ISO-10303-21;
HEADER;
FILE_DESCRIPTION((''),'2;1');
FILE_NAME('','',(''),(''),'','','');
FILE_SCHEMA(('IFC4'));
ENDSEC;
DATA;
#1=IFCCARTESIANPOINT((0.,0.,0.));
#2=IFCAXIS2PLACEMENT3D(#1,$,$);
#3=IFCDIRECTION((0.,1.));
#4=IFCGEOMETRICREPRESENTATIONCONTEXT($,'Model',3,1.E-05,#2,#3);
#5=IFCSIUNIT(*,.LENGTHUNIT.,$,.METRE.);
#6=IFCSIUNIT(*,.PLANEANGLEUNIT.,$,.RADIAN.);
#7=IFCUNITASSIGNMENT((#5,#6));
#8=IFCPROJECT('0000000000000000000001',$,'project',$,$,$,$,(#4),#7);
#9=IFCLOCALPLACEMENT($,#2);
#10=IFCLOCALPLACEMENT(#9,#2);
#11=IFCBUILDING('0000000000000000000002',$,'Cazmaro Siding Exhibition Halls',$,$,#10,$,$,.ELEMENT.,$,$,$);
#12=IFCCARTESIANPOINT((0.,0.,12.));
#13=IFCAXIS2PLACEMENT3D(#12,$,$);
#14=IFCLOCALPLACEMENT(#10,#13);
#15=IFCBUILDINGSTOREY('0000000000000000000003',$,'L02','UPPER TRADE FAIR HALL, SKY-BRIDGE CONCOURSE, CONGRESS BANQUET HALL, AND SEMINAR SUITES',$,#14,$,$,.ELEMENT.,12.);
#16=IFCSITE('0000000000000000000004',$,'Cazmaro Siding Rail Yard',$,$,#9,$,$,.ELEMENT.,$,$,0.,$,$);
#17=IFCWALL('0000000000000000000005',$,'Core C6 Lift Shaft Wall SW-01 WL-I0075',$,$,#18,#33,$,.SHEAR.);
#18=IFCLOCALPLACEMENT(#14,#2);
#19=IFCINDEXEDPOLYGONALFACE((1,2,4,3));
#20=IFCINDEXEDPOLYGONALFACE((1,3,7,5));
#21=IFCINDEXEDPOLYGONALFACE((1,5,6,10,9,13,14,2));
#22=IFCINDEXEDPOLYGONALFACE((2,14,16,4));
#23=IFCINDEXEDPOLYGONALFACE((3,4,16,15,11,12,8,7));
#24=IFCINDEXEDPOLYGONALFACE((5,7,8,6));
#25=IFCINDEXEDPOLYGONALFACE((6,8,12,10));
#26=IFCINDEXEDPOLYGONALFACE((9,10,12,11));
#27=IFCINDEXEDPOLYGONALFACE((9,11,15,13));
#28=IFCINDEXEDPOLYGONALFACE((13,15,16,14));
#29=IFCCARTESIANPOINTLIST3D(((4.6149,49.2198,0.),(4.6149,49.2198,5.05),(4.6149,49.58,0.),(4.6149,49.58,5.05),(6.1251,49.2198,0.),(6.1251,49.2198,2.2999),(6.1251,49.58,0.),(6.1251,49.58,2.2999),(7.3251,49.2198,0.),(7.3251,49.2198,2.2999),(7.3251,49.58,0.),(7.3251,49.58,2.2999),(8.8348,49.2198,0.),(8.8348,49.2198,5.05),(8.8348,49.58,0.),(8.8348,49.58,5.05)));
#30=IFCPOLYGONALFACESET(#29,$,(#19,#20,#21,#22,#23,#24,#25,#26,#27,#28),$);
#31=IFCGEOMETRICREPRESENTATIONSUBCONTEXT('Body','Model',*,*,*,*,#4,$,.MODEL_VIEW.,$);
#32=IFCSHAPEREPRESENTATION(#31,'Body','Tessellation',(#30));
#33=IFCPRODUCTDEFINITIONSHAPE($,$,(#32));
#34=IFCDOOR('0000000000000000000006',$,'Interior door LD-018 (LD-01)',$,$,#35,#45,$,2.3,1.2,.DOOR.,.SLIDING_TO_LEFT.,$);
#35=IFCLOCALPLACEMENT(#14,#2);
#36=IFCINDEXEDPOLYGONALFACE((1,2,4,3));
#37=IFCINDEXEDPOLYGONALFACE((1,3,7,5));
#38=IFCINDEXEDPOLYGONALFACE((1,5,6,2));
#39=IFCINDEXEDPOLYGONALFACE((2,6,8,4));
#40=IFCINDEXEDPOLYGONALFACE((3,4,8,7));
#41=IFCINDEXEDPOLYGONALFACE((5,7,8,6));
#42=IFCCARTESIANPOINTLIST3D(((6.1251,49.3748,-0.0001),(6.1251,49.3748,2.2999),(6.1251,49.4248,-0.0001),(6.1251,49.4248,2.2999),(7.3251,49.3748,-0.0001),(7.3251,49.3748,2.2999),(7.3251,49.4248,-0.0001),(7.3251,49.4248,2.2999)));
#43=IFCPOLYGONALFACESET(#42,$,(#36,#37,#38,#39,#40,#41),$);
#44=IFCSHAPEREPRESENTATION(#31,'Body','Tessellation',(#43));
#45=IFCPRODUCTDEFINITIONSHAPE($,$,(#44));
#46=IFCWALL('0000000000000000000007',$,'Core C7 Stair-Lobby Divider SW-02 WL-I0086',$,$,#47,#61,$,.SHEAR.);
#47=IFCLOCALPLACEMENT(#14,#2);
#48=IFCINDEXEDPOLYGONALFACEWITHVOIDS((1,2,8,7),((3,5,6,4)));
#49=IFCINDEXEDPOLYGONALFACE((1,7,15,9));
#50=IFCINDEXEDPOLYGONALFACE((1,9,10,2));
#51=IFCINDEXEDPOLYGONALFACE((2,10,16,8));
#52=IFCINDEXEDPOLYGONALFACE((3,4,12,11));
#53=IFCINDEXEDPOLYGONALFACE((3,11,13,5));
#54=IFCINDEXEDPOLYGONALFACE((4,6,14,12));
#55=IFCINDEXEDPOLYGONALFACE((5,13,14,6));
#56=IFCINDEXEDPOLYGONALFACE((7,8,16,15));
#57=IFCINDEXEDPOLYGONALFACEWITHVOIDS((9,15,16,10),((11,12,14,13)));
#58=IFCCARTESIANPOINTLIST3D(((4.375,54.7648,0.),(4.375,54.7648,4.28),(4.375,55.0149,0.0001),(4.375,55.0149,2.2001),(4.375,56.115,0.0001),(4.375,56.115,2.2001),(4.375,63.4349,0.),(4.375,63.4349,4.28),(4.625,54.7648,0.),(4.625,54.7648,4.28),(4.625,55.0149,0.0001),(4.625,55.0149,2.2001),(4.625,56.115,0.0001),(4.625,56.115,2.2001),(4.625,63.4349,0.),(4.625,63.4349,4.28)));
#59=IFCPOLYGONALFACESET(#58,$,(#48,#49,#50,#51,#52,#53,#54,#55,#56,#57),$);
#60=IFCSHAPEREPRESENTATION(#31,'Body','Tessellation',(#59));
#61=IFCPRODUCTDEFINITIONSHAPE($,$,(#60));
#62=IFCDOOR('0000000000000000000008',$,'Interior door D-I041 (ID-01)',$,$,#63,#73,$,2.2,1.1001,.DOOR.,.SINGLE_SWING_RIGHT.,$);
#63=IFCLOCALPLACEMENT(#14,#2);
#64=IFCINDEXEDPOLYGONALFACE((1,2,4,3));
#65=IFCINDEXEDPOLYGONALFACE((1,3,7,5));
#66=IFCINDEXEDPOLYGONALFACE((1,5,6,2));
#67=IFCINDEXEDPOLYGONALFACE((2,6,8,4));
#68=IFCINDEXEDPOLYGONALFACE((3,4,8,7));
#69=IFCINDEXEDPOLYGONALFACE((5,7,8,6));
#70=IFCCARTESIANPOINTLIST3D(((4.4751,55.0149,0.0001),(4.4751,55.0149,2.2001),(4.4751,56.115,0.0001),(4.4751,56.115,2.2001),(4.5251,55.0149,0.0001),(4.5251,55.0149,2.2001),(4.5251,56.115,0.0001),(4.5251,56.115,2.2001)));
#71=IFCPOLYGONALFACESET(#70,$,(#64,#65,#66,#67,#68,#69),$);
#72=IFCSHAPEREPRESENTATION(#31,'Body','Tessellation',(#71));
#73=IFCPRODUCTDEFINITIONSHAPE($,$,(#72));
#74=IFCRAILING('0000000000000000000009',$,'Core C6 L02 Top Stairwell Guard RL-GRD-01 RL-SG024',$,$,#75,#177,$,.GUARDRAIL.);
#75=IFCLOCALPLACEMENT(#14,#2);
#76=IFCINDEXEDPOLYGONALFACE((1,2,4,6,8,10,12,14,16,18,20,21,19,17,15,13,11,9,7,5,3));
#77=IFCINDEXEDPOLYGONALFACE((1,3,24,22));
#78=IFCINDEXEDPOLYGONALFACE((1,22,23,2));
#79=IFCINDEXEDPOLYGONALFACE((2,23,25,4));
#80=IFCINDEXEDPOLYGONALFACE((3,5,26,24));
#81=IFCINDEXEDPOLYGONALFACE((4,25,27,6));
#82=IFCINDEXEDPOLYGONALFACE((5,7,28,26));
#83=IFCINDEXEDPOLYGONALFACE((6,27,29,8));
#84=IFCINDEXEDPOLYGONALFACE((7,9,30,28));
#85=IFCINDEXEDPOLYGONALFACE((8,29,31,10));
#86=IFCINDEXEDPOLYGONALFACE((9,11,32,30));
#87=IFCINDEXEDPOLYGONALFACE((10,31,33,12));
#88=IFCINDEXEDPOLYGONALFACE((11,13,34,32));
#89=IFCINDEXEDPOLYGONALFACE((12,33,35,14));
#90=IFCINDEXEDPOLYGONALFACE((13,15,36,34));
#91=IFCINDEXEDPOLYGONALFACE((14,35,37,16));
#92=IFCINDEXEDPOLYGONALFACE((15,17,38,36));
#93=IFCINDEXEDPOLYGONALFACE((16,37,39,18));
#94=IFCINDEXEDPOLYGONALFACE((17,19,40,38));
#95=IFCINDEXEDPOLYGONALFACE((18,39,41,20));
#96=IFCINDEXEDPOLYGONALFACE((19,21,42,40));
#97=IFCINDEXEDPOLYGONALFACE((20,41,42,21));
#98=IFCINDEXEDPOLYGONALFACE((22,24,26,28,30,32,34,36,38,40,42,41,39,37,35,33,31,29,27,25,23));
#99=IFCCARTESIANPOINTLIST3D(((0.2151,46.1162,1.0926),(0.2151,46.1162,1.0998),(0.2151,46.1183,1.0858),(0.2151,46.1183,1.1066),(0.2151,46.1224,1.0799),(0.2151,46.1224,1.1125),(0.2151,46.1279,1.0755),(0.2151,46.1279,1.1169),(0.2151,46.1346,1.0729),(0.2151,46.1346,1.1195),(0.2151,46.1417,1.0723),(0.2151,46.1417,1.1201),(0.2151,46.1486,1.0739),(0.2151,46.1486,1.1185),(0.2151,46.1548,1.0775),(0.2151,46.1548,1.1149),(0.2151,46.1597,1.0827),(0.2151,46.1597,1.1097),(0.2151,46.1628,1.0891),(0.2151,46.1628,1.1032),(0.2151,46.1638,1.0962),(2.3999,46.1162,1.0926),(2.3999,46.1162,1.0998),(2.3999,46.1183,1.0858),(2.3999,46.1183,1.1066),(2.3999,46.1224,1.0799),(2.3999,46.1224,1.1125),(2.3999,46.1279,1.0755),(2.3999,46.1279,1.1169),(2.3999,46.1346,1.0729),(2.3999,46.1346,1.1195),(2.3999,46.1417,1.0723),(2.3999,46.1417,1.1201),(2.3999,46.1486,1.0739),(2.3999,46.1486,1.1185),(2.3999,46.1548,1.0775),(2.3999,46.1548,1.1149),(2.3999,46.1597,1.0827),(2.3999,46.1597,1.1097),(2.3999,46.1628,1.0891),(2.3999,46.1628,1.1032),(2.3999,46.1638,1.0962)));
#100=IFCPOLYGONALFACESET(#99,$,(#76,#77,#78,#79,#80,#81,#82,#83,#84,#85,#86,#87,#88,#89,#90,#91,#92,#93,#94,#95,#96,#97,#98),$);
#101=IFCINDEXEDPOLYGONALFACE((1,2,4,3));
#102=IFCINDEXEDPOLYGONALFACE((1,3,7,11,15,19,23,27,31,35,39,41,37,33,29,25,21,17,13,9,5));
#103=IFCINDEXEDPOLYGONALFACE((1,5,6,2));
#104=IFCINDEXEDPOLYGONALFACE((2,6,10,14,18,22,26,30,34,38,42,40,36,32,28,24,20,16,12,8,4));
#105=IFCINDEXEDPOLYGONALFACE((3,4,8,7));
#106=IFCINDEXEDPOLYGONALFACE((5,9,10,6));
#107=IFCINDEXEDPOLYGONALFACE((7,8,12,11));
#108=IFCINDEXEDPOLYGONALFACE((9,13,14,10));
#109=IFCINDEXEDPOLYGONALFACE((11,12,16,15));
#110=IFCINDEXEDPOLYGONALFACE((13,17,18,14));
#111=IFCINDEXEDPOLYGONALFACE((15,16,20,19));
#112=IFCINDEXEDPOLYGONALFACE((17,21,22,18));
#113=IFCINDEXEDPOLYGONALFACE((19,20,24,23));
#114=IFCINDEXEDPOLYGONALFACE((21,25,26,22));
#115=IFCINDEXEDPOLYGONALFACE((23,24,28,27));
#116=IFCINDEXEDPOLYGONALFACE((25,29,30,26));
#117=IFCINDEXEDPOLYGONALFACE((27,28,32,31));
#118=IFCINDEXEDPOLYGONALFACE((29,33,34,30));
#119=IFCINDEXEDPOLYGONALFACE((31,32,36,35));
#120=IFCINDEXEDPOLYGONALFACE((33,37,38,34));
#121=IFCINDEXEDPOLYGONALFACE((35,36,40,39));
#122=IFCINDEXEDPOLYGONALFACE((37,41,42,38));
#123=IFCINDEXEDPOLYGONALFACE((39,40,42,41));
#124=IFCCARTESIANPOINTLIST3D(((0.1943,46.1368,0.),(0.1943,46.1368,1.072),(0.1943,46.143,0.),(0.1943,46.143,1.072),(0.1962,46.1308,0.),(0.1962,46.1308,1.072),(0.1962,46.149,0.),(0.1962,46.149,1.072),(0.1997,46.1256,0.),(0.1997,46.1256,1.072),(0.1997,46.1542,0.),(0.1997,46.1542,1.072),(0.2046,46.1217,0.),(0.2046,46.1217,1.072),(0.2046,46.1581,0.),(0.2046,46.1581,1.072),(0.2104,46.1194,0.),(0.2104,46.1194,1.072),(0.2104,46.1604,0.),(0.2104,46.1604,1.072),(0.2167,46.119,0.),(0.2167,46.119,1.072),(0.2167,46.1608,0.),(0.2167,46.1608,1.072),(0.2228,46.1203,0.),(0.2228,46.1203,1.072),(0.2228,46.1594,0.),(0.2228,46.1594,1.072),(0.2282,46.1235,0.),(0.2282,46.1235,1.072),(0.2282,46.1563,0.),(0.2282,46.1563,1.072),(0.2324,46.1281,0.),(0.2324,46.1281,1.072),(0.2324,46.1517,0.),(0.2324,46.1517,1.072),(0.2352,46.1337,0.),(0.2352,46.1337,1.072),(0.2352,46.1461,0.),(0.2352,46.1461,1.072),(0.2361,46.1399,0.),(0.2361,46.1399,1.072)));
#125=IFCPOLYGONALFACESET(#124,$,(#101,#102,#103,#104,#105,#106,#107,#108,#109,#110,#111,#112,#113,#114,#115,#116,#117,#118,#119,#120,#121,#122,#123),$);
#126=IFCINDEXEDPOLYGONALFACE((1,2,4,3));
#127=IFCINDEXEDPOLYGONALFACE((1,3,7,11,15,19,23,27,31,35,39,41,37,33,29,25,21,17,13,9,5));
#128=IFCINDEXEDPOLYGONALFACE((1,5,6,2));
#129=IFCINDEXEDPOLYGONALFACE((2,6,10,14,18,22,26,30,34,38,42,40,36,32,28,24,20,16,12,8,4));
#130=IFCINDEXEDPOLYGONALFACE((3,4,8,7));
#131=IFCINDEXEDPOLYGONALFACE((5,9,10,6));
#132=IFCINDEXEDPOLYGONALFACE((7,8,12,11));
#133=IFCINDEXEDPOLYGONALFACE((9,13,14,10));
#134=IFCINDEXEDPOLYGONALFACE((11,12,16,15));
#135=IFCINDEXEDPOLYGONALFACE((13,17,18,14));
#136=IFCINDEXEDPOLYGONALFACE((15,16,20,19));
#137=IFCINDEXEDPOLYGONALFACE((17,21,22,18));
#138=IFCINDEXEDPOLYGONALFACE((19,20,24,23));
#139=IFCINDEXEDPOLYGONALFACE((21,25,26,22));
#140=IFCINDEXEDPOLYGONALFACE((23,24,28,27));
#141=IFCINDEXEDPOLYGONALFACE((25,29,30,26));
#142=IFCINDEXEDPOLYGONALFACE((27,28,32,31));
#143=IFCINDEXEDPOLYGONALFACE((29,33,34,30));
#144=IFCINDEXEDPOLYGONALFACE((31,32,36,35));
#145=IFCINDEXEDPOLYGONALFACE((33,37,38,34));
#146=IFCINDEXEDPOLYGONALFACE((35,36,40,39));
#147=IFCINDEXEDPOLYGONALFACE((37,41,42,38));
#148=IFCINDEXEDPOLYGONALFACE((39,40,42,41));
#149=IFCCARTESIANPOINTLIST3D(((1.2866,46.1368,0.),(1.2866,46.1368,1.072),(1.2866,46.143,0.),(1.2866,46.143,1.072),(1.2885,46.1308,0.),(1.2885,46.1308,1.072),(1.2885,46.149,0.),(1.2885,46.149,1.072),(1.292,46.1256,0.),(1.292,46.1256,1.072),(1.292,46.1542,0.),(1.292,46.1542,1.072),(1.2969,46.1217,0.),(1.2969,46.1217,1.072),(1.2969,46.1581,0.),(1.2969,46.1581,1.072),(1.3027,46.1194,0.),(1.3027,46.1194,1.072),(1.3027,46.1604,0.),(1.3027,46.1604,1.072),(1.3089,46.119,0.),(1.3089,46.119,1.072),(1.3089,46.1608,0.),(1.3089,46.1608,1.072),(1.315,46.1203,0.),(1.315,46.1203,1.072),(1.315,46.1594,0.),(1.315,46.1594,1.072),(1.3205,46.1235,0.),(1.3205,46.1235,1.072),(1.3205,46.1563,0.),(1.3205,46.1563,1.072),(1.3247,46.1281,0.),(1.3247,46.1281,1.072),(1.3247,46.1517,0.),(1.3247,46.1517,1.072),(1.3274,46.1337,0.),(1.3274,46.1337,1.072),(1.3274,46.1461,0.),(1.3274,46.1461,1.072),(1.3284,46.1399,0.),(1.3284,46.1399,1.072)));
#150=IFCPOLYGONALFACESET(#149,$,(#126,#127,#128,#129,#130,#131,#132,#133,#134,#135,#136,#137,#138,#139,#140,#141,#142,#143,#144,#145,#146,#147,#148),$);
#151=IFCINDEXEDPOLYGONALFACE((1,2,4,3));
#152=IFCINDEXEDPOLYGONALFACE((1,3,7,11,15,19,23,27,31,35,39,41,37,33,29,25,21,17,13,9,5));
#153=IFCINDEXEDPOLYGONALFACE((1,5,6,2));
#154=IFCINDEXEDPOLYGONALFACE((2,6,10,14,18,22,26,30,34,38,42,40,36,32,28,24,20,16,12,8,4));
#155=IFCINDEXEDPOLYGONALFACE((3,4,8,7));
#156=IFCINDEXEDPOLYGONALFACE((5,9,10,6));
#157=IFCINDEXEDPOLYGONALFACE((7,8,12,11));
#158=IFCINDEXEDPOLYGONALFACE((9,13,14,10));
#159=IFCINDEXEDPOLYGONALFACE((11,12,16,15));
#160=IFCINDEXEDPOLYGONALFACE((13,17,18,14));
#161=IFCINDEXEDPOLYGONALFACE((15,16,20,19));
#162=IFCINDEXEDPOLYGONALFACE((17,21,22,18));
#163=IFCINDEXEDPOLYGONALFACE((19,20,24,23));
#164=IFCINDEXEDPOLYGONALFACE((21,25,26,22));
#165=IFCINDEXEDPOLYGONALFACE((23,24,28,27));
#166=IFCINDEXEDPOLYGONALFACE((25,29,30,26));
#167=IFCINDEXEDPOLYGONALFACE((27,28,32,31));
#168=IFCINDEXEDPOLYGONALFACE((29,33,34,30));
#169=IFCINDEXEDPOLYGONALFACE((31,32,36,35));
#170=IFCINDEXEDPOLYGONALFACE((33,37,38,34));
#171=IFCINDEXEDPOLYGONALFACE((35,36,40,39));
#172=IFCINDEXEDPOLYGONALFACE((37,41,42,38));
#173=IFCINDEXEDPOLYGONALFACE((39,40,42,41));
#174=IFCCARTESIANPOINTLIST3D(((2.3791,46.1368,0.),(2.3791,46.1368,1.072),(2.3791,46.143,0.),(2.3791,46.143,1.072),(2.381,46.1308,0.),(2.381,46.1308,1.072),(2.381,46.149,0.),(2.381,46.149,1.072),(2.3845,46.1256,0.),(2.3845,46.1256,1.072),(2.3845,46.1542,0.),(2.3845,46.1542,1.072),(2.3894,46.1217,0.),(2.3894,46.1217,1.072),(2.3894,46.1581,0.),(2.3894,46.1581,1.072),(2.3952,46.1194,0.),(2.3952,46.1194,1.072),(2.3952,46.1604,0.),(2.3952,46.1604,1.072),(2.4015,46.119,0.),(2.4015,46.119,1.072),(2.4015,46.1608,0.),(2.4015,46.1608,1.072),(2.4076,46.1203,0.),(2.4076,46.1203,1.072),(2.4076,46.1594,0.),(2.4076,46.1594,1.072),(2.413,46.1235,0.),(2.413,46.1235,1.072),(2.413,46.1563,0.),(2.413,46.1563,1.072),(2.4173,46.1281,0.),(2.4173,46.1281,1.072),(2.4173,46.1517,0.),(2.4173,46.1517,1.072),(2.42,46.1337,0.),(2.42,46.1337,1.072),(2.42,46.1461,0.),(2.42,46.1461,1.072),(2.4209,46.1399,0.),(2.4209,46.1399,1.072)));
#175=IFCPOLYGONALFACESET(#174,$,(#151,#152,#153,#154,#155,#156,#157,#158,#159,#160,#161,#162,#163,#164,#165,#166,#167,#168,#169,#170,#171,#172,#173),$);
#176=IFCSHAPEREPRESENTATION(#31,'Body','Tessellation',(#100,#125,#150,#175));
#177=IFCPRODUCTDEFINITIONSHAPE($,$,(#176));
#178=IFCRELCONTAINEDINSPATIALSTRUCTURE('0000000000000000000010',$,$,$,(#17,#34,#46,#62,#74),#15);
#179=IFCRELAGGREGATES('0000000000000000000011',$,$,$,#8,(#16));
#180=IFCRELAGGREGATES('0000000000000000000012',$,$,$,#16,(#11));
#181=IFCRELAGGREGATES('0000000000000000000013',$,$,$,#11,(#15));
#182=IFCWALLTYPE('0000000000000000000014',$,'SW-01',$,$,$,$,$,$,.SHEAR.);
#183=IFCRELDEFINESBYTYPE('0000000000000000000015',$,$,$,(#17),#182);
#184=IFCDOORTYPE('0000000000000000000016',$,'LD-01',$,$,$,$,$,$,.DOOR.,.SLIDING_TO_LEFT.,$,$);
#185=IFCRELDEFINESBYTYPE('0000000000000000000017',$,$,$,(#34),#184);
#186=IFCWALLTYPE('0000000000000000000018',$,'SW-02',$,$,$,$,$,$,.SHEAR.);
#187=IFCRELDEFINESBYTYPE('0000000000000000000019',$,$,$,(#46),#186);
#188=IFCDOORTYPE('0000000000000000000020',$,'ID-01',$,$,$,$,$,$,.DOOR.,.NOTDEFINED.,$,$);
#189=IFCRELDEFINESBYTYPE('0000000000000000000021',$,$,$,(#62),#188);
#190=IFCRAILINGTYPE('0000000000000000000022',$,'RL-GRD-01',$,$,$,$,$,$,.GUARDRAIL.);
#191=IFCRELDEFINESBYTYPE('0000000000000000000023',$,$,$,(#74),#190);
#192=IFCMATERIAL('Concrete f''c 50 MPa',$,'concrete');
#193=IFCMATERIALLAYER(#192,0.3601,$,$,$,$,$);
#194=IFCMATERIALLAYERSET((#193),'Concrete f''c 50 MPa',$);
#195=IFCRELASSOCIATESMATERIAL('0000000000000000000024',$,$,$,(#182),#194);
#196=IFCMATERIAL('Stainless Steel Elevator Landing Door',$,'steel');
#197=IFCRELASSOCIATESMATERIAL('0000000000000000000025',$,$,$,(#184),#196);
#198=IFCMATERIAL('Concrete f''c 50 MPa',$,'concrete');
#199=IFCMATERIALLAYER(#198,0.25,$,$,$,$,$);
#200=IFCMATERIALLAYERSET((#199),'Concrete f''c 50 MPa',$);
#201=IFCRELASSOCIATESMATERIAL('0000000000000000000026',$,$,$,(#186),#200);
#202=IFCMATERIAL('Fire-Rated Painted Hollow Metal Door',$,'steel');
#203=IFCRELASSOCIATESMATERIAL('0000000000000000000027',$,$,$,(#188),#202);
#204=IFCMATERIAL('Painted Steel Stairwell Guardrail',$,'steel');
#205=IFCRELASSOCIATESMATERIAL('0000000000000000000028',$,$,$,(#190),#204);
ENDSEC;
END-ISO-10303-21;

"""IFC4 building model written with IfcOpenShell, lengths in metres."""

from ifc_helpers import new_model, si_unit, direction, frame, frame_2d, origin, origin_2d, place, context, subcontext, project, spatial, rectangle, circle, extrude, material, layer, layer_set, type_object, element, fill, save


model = new_model("IFC4")

# Units and contexts
model_context = context("Model", 3, precision=1e-05, world=origin(), true_north=direction((0.0, 1.0)))
body_context = subcontext(model_context, "Body", "Model", "MODEL_VIEW")
ifc_project = project(units=[si_unit("LENGTHUNIT", "METRE"), si_unit("PLANEANGLEUNIT", "RADIAN")], contexts=[model_context])

# Site, building, storey
site_placement = place(None, origin())
site = spatial("IfcSite", under=ifc_project, at=site_placement, Name="Cazmaro Siding Rail Yard", CompositionType="ELEMENT", RefElevation=0.0)
building_placement = place(site_placement, origin())
building = spatial("IfcBuilding", under=site, at=building_placement, Name="Cazmaro Siding Exhibition Halls", CompositionType="ELEMENT")
storey_placement = place(building_placement, frame((0.0, 0.0, 12.0)))
storey = spatial("IfcBuildingStorey", under=building, at=storey_placement, Name="L02", Description="UPPER TRADE FAIR HALL, SKY-BRIDGE CONCOURSE, CONGRESS BANQUET HALL, AND SEMINAR SUITES", CompositionType="ELEMENT", Elevation=12.0)

# Walls, openings, doors
ifc_material_1 = material(Name="Concrete f'c 50 MPa", Category="concrete")
ifc_layer_1 = layer(ifc_material_1, 0.3601)
ifc_layer_set_1 = layer_set([ifc_layer_1], Name="Concrete f'c 50 MPa")
wall_type_1 = type_object("IfcWallType", Name="SW-01", PredefinedType="SHEAR", material=ifc_layer_set_1)
wall_1_placement = place(storey_placement, frame((4.615, 49.3999, 0.0), z_axis=(0.0, 0.0, 1.0), x_axis=(1.0, 0.0, 0.0)))
wall_1 = element("IfcWall", 1, at=wall_1_placement, inside=storey, type_object=wall_type_1, Name="Core C6 Lift Shaft Wall SW-01 WL-I0075", PredefinedType="SHEAR", context=body_context, shape_type="SweptSolid", body=[
    extrude(rectangle(XDim=4.22, YDim=0.3601, at=frame_2d((2.1099, 0.0))), origin(), (0.0, 0.0, 1.0), 5.05),
])
opening_1_placement = place(wall_1_placement, frame((1.51, 0.0, 0.0)))
opening_1 = element("IfcOpeningElement", 2, at=opening_1_placement, cuts=wall_1, PredefinedType="OPENING", context=body_context, shape_type="SweptSolid", body=[
    extrude(rectangle(XDim=1.2, YDim=2.3, at=frame_2d((0.6001, 1.1499))), frame((0.0, 0.1899, 0.0), z_axis=(0.0, -1.0, 0.0), x_axis=(1.0, 0.0, 0.0)), (0.0, 0.0, 1.0), 0.3801),
])
ifc_material_2 = material(Name="Stainless Steel Elevator Landing Door", Category="steel")
door_type_1 = type_object("IfcDoorType", Name="LD-01", OperationType="SLIDING_TO_LEFT", PredefinedType="DOOR", material=ifc_material_2)
door_1_placement = place(opening_1_placement, origin())
door_1 = element("IfcDoor", 3, at=door_1_placement, inside=storey, type_object=door_type_1, Name="Interior door LD-018 (LD-01)", OperationType="SLIDING_TO_LEFT", OverallHeight=2.3, OverallWidth=1.2, PredefinedType="DOOR", context=body_context, shape_type="SweptSolid", body=[
    extrude(rectangle(XDim=1.2, YDim=2.3, at=frame_2d((0.6001, 1.1499))), frame((0.0, 0.0249, 0.0), z_axis=(0.0, -1.0, 0.0), x_axis=(1.0, 0.0, 0.0)), (0.0, 0.0, 1.0), 0.05),
])
fill(opening_1, door_1)
ifc_material_3 = material(Name="Concrete f'c 50 MPa", Category="concrete")
ifc_layer_2 = layer(ifc_material_3, 0.25)
ifc_layer_set_2 = layer_set([ifc_layer_2], Name="Concrete f'c 50 MPa")
wall_type_2 = type_object("IfcWallType", Name="SW-02", PredefinedType="SHEAR", material=ifc_layer_set_2)
wall_2_placement = place(storey_placement, frame((4.5, 54.7649, 0.0), z_axis=(0.0, 0.0, 1.0), x_axis=(0.0, 1.0, 0.0)))
wall_2 = element("IfcWall", 4, at=wall_2_placement, inside=storey, type_object=wall_type_2, Name="Core C7 Stair-Lobby Divider SW-02 WL-I0086", PredefinedType="SHEAR", context=body_context, shape_type="SweptSolid", body=[
    extrude(rectangle(XDim=8.6702, YDim=0.25, at=frame_2d((4.335, 0.0))), origin(), (0.0, 0.0, 1.0), 4.28),
])
opening_2_placement = place(wall_2_placement, frame((0.25, 0.0, 0.0)))
opening_2 = element("IfcOpeningElement", 5, at=opening_2_placement, cuts=wall_2, PredefinedType="OPENING", context=body_context, shape_type="SweptSolid", body=[
    extrude(rectangle(XDim=1.1001, YDim=2.2, at=frame_2d((0.55, 1.1001))), frame((0.0, 0.135, 0.0), z_axis=(0.0, -1.0, 0.0), x_axis=(1.0, 0.0, 0.0)), (0.0, 0.0, 1.0), 0.27),
])
ifc_material_4 = material(Name="Fire-Rated Painted Hollow Metal Door", Category="steel")
door_type_2 = type_object("IfcDoorType", Name="ID-01", OperationType="NOTDEFINED", PredefinedType="DOOR", material=ifc_material_4)
door_2_placement = place(opening_2_placement, origin())
door_2 = element("IfcDoor", 6, at=door_2_placement, inside=storey, type_object=door_type_2, Name="Interior door D-I041 (ID-01)", OperationType="SINGLE_SWING_RIGHT", OverallHeight=2.2, OverallWidth=1.1001, PredefinedType="DOOR", context=body_context, shape_type="SweptSolid", body=[
    extrude(rectangle(XDim=1.1001, YDim=2.2, at=frame_2d((0.55, 1.1001))), frame((0.0, 0.0249, 0.0), z_axis=(0.0, -1.0, 0.0), x_axis=(1.0, 0.0, 0.0)), (0.0, 0.0, 1.0), 0.05),
])
fill(opening_2, door_2)

# Railing
ifc_material_5 = material(Name="Painted Steel Stairwell Guardrail", Category="steel")
railing_type = type_object("IfcRailingType", Name="RL-GRD-01", PredefinedType="GUARDRAIL", material=ifc_material_5)
railing_placement = place(storey_placement, frame((0.2151, 46.1399, 0.0)))
element("IfcRailing", 7, at=railing_placement, inside=storey, type_object=railing_type, Name="Core C6 L02 Top Stairwell Guard RL-GRD-01 RL-SG024", PredefinedType="GUARDRAIL", context=body_context, shape_type="SweptSolid", body=[
    extrude(circle(Radius=0.0239, at=origin_2d()), frame((0.0, 0.0, 1.0962), z_axis=(1.0, 0.0, 0.0), x_axis=(0.0, 1.0, 0.0)), (0.0, 0.0, 1.0), 2.1848),
    extrude(circle(Radius=0.021, at=origin_2d()), origin(), (0.0, 0.0, 1.0), 1.072),
    extrude(circle(Radius=0.021, at=origin_2d()), frame((1.0923, 0.0, 0.0)), (0.0, 0.0, 1.0), 1.072),
    extrude(circle(Radius=0.021, at=origin_2d()), frame((2.1848, 0.0, 0.0)), (0.0, 0.0, 1.0), 1.072),
])

save(model, "model.ifc")
